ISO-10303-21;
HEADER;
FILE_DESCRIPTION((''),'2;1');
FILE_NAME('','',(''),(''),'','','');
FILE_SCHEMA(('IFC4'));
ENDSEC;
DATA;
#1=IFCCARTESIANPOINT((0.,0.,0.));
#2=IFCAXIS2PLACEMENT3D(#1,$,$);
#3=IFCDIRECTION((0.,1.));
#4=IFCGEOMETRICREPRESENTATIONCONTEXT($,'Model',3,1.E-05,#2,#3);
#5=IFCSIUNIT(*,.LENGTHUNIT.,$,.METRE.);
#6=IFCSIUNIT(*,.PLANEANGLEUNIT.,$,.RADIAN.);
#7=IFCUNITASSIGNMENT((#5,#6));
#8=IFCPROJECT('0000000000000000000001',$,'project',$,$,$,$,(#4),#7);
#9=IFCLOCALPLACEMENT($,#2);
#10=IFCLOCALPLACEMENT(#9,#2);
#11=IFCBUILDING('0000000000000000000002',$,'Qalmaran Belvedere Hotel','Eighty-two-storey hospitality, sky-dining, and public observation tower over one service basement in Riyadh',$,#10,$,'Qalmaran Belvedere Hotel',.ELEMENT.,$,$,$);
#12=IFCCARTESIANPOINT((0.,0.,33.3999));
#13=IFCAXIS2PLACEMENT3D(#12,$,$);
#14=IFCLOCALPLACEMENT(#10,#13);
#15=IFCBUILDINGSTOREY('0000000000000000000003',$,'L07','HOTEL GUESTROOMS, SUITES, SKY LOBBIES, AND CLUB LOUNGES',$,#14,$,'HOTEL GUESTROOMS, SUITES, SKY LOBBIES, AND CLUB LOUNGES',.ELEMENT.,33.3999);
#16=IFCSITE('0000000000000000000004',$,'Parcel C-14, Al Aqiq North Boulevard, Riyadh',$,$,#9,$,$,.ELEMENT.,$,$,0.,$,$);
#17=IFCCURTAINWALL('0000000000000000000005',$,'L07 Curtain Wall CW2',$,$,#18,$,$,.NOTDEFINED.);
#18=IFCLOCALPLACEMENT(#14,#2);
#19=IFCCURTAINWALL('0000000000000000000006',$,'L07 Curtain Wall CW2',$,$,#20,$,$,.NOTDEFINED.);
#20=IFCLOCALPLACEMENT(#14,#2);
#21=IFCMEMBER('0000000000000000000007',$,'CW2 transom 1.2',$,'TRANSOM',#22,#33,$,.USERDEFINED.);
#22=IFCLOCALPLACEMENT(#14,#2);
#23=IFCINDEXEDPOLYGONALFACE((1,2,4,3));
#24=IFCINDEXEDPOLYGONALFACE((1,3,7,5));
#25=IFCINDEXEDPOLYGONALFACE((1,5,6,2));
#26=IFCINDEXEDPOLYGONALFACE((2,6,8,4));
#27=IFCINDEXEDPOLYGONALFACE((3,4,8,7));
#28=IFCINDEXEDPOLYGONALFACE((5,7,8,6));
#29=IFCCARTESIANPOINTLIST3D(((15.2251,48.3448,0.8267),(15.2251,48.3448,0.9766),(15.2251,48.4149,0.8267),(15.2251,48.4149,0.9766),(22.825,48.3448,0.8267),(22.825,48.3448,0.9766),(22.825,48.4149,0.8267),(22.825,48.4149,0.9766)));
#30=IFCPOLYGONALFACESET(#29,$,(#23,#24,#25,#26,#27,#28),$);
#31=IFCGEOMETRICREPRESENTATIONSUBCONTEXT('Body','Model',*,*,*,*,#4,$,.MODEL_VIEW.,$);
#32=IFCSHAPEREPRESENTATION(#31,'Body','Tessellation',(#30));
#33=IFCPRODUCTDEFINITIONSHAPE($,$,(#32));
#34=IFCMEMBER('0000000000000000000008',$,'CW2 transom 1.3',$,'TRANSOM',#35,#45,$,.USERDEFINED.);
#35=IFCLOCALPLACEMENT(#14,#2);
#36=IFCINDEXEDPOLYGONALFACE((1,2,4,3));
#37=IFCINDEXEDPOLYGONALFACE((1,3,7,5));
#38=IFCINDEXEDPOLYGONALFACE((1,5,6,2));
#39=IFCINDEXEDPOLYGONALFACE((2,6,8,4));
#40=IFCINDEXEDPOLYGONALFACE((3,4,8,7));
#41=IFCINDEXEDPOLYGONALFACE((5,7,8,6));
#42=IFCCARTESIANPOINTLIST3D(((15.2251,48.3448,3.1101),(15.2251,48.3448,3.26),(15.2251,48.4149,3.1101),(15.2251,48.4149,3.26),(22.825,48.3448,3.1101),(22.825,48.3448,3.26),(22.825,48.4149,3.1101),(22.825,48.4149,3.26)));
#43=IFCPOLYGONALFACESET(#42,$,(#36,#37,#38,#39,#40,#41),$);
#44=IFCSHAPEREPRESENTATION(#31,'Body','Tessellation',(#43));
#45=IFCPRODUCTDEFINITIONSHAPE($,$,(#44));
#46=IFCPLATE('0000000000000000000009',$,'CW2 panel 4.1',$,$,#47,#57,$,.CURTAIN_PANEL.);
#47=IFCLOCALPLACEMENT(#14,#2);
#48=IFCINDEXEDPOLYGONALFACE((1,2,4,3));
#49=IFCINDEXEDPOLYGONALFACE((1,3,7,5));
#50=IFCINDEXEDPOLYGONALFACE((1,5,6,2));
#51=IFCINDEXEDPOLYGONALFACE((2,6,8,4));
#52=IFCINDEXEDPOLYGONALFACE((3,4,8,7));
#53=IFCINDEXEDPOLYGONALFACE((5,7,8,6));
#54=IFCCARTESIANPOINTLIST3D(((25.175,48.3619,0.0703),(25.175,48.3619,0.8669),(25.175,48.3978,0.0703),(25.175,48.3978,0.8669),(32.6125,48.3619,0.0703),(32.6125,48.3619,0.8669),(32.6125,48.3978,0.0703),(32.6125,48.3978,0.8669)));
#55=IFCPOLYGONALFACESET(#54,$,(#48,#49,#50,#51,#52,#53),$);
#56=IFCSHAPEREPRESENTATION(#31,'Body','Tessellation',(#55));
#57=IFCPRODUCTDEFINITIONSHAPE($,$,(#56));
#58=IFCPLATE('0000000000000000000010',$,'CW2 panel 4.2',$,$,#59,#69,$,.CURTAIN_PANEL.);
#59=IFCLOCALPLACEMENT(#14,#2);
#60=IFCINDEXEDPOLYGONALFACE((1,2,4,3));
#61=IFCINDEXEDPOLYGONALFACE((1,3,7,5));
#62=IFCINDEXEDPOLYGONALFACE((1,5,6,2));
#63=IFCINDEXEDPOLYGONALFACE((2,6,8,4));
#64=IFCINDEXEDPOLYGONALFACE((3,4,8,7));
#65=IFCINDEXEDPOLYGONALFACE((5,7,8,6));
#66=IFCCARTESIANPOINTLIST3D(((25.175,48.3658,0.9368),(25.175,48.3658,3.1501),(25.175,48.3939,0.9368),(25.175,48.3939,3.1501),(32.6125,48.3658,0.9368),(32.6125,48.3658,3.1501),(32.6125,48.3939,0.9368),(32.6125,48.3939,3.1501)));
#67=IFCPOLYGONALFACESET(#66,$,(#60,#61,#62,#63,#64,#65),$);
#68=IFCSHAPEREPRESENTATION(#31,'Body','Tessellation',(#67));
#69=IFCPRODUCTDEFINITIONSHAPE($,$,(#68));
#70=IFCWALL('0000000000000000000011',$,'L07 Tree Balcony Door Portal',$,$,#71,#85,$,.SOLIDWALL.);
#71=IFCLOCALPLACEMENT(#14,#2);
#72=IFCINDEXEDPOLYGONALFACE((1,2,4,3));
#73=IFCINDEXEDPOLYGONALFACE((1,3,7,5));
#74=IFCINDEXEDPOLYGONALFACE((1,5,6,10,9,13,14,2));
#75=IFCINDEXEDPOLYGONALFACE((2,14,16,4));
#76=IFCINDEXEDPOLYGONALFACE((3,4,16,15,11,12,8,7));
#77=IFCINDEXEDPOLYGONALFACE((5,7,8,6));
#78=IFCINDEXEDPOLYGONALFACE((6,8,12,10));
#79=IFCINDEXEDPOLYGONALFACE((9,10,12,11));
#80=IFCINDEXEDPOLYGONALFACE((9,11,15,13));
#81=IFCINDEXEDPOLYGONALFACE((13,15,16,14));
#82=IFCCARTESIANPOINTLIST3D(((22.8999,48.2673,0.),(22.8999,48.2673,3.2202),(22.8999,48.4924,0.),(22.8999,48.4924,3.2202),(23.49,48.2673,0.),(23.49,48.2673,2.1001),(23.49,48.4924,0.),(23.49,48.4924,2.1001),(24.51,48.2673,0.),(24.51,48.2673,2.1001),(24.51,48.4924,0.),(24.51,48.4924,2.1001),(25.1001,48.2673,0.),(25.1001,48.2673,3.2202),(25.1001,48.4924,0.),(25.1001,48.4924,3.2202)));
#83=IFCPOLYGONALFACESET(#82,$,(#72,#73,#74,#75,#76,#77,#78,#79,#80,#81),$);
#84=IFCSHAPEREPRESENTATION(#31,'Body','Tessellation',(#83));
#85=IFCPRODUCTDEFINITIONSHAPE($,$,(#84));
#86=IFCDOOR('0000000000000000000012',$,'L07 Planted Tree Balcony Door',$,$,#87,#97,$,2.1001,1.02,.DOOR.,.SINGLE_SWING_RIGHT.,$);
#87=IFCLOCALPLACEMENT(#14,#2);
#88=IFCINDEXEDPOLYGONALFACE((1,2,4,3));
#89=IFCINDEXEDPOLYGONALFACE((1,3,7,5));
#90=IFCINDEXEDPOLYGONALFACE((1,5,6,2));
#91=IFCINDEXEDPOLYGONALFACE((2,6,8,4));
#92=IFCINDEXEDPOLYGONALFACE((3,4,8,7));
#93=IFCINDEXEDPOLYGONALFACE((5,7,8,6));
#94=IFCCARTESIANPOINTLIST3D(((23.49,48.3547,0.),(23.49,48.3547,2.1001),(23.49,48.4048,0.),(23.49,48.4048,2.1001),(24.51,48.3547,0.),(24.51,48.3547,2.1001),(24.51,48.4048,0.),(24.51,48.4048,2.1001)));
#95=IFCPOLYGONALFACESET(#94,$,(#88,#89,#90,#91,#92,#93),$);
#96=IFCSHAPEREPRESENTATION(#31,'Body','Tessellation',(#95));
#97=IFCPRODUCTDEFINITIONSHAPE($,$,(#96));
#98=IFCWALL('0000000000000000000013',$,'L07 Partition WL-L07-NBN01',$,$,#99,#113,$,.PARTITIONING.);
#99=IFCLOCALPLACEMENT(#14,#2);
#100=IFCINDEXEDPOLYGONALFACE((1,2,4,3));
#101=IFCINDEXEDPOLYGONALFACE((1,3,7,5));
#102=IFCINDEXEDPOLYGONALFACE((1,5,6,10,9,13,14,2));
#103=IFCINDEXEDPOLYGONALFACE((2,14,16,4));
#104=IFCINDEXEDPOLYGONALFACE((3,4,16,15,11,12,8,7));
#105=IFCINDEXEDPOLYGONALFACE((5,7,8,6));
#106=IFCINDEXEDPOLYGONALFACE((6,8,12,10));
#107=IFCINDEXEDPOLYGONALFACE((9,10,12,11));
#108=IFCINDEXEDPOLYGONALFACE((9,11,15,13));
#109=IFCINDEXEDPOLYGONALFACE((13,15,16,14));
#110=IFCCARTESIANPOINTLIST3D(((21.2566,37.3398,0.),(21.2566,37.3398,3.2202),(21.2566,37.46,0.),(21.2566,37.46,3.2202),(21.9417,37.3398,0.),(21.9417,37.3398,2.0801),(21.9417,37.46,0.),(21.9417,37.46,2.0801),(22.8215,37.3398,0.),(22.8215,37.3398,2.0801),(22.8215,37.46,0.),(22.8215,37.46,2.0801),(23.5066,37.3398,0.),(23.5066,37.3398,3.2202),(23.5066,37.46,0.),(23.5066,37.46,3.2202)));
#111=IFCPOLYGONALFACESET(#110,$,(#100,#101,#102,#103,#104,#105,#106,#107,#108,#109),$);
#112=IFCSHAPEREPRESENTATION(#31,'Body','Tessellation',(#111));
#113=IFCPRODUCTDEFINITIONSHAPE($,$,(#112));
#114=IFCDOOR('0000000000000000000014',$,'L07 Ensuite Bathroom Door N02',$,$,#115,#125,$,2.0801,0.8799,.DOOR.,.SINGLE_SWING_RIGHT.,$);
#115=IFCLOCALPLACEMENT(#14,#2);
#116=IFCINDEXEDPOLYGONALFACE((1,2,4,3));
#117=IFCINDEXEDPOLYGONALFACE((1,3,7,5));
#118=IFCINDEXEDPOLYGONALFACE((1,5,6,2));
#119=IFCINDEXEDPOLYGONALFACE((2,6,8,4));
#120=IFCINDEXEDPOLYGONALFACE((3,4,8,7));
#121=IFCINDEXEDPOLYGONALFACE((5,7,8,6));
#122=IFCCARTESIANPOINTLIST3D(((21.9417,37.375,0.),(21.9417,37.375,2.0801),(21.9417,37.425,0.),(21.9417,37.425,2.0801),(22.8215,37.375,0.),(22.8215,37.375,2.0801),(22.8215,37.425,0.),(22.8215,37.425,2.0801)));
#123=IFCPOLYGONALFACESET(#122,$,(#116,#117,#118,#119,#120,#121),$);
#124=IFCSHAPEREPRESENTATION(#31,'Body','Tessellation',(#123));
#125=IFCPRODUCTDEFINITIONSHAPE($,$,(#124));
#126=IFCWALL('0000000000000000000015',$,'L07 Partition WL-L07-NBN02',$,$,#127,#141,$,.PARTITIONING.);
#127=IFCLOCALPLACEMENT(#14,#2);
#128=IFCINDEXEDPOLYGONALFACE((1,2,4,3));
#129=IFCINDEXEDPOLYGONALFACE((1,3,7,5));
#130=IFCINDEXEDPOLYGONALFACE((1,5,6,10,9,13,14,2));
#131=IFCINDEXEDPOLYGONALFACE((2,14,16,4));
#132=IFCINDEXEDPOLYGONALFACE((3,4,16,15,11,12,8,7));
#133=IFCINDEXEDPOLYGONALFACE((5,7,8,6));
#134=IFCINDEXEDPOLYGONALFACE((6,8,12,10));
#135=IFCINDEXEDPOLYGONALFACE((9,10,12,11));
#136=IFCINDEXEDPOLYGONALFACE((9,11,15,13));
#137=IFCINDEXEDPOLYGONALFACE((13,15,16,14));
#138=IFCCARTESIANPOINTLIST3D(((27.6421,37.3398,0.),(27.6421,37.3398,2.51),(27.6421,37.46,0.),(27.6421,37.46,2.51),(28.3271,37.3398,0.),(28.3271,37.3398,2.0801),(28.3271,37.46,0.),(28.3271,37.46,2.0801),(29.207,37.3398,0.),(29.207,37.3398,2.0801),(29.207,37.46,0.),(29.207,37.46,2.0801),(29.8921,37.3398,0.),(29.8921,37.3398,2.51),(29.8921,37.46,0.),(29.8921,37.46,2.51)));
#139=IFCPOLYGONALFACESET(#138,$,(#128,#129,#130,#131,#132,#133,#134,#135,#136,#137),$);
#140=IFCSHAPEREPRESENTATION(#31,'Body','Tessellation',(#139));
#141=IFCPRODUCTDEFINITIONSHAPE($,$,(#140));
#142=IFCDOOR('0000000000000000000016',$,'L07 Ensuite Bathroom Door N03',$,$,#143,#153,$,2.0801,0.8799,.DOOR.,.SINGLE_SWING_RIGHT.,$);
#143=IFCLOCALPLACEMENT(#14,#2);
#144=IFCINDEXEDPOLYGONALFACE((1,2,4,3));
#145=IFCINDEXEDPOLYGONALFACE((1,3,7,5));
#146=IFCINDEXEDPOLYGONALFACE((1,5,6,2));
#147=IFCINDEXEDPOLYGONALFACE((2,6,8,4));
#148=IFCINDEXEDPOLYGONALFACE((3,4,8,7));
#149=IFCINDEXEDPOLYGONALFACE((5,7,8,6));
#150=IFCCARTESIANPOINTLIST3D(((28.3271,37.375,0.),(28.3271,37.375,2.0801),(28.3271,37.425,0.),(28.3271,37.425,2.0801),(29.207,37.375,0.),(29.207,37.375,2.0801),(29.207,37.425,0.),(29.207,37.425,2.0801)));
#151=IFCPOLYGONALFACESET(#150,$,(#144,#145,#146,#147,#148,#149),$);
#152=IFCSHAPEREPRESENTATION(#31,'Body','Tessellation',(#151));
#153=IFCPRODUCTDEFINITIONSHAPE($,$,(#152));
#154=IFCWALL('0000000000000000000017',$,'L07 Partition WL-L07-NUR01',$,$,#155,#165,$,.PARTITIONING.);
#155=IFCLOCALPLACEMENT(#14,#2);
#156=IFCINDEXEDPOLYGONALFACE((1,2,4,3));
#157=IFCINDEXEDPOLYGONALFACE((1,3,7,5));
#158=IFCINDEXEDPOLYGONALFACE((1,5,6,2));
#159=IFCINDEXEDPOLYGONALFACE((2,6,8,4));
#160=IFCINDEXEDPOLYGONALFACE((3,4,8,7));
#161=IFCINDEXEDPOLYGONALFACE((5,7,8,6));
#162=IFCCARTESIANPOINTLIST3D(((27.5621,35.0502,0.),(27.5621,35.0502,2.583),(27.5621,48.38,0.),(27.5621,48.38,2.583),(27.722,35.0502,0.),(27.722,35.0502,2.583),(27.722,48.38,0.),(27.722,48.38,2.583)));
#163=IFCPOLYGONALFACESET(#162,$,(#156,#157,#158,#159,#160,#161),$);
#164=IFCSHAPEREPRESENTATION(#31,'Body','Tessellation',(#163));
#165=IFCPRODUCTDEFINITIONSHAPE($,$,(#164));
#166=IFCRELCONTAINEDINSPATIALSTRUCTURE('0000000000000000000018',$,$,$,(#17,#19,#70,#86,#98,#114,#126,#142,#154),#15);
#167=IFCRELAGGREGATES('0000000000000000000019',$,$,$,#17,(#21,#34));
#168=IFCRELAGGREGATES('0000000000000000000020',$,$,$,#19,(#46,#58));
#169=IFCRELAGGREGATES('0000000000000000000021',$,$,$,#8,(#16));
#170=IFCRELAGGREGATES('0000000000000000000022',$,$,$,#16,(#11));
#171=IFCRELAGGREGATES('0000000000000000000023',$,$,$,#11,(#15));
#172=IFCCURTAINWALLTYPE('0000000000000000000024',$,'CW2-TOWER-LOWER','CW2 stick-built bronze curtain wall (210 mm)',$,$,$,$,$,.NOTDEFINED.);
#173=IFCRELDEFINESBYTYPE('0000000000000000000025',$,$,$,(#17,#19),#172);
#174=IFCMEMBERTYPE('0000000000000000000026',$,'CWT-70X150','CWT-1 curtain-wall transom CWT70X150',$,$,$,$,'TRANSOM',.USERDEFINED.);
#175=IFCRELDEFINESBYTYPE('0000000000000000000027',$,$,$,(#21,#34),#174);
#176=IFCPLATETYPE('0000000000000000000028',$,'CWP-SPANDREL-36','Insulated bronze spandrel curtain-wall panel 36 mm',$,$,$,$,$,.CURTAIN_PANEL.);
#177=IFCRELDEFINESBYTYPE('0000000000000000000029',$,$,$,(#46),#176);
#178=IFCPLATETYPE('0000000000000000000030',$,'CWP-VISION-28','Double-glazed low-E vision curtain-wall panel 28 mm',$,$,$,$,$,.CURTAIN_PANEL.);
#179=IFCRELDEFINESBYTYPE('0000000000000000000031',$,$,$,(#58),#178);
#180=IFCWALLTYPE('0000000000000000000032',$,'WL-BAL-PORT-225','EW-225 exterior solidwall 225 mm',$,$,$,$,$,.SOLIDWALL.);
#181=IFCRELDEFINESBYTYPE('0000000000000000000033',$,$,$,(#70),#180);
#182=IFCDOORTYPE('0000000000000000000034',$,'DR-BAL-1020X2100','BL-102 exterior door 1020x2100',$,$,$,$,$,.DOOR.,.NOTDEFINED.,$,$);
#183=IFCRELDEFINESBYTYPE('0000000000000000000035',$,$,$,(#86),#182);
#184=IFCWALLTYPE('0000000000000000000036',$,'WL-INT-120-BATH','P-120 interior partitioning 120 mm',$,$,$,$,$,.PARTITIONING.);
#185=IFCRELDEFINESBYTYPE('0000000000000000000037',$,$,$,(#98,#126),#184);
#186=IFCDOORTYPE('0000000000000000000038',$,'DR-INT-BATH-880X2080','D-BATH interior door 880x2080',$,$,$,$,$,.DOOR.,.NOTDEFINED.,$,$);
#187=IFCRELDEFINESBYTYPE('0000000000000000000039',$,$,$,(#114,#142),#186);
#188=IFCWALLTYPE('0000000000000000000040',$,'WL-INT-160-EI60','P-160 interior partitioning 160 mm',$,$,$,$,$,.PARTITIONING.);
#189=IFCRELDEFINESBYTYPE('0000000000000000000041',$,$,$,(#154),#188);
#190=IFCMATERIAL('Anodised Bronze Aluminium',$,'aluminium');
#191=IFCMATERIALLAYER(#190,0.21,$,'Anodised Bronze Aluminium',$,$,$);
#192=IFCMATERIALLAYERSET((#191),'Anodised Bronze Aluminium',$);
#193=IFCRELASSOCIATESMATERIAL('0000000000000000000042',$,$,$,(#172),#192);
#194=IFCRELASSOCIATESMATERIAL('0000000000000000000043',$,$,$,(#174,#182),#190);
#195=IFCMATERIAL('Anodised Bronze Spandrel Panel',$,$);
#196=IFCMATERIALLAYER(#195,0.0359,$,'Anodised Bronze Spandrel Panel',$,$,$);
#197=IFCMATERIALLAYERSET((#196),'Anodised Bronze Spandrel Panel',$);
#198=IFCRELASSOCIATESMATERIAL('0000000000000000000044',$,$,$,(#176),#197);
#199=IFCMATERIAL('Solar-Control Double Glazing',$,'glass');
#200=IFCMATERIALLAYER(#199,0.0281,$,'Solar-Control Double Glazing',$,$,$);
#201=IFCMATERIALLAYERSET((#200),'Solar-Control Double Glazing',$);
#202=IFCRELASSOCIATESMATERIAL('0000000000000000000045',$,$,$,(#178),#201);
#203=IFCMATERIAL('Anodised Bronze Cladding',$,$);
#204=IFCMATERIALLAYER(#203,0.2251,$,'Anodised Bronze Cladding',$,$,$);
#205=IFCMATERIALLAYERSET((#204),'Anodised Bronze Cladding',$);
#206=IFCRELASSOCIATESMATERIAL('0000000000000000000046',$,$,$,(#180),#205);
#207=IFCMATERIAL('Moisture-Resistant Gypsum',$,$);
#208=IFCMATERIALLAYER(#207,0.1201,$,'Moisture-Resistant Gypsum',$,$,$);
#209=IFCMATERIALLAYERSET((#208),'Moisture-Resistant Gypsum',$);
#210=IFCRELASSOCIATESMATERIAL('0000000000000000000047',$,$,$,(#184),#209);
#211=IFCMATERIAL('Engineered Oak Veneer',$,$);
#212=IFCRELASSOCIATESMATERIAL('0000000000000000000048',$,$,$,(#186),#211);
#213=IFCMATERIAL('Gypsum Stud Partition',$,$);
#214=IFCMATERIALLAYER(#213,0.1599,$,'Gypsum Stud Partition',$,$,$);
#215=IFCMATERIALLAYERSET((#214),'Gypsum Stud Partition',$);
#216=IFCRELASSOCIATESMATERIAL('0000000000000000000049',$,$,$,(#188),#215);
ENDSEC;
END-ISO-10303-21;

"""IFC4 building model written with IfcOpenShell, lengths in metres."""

from ifc_helpers import new_model, si_unit, direction, frame, frame_2d, origin, origin_2d, place, context, subcontext, project, spatial, rectangle, extrude, material, layer, layer_set, material_profile, profile_set, type_object, element, fill, aggregate, save


model = new_model("IFC4")

# Units and contexts
model_context = context("Model", 3, precision=1e-05, world=origin(), true_north=direction((0.0, 1.0)))
body_context = subcontext(model_context, "Body", "Model", "MODEL_VIEW")
ifc_project = project(units=[si_unit("LENGTHUNIT", "METRE"), si_unit("PLANEANGLEUNIT", "RADIAN")], contexts=[model_context])

# Site, building, storey
site_placement = place(None, origin())
site = spatial("IfcSite", under=ifc_project, at=site_placement, Name="Parcel C-14, Al Aqiq North Boulevard, Riyadh", CompositionType="ELEMENT", RefElevation=0.0)
building_placement = place(site_placement, origin())
building = spatial("IfcBuilding", under=site, at=building_placement, Name="Qalmaran Belvedere Hotel", Description="Eighty-two-storey hospitality, sky-dining, and public observation tower over one service basement in Riyadh", LongName="Qalmaran Belvedere Hotel", CompositionType="ELEMENT")
storey_placement = place(building_placement, frame((0.0, 0.0, 33.3999)))
storey = spatial("IfcBuildingStorey", under=building, at=storey_placement, Name="L07", Description="HOTEL GUESTROOMS, SUITES, SKY LOBBIES, AND CLUB LOUNGES", LongName="HOTEL GUESTROOMS, SUITES, SKY LOBBIES, AND CLUB LOUNGES", CompositionType="ELEMENT", Elevation=33.3999)

# Curtain walls
ifc_material_1 = material(Name="Anodised Bronze Aluminium", Category="aluminium")
ifc_layer_1 = layer(ifc_material_1, 0.21, Name="Anodised Bronze Aluminium")
ifc_layer_set_1 = layer_set([ifc_layer_1], Name="Anodised Bronze Aluminium")
curtain_wall_type = type_object("IfcCurtainWallType", Name="CW2-TOWER-LOWER", Description="CW2 stick-built bronze curtain wall (210 mm)", PredefinedType="NOTDEFINED", material=ifc_layer_set_1)
curtain_wall_1_placement = place(storey_placement, origin())
curtain_wall_1 = element("IfcCurtainWall", 1, at=curtain_wall_1_placement, inside=storey, type_object=curtain_wall_type, Name="L07 Curtain Wall CW2", PredefinedType="NOTDEFINED")
curtain_wall_2_placement = place(storey_placement, origin())
curtain_wall_2 = element("IfcCurtainWall", 2, at=curtain_wall_2_placement, inside=storey, type_object=curtain_wall_type, Name="L07 Curtain Wall CW2", PredefinedType="NOTDEFINED")

# Members
ifc_material_profile_1 = material_profile(ifc_material_1, rectangle(XDim=0.0701, YDim=0.1499, at=origin_2d()), Name="CWT70X150")
ifc_profile_set_1 = profile_set([ifc_material_profile_1], Name="Anodised Bronze Aluminium")
member_type_1 = type_object("IfcMemberType", Name="CWT-70X150", Description="CWT-1 curtain-wall transom CWT70X150", ElementType="TRANSOM", PredefinedType="USERDEFINED", material=ifc_profile_set_1)
member_1_placement = place(storey_placement, frame((22.825, 48.3799, 0.9016), z_axis=(-1.0, 0.0, 0.0), x_axis=(0.0, -1.0, 0.0)))
member_1 = element("IfcMember", 3, at=member_1_placement, type_object=member_type_1, Name="CW2 transom 1.2", ObjectType="TRANSOM", PredefinedType="USERDEFINED", context=body_context, shape_type="SweptSolid", body=[
    extrude(rectangle(XDim=0.0701, YDim=0.1499, at=origin_2d()), origin(), (0.0, 0.0, 1.0), 7.5999),
])
member_2_placement = place(storey_placement, frame((22.825, 48.3799, 3.1851), z_axis=(-1.0, 0.0, 0.0), x_axis=(0.0, -1.0, 0.0)))
member_2 = element("IfcMember", 4, at=member_2_placement, type_object=member_type_1, Name="CW2 transom 1.3", ObjectType="TRANSOM", PredefinedType="USERDEFINED", context=body_context, shape_type="SweptSolid", body=[
    extrude(rectangle(XDim=0.0701, YDim=0.1499, at=origin_2d()), origin(), (0.0, 0.0, 1.0), 7.5999),
])
aggregate(curtain_wall_1, [member_1, member_2])

# Plates
ifc_material_2 = material(Name="Anodised Bronze Spandrel Panel")
ifc_layer_2 = layer(ifc_material_2, 0.0359, Name="Anodised Bronze Spandrel Panel")
ifc_layer_set_2 = layer_set([ifc_layer_2], Name="Anodised Bronze Spandrel Panel")
plate_type_1 = type_object("IfcPlateType", Name="CWP-SPANDREL-36", Description="Insulated bronze spandrel curtain-wall panel 36 mm", PredefinedType="CURTAIN_PANEL", material=ifc_layer_set_2)
plate_1_placement = place(storey_placement, frame((28.8938, 48.3799, 0.0703), z_axis=(0.0, 0.0, 1.0), x_axis=(-1.0, 0.0, 0.0)))
plate_1 = element("IfcPlate", 5, at=plate_1_placement, type_object=plate_type_1, Name="CW2 panel 4.1", PredefinedType="CURTAIN_PANEL", context=body_context, shape_type="SweptSolid", body=[
    extrude(rectangle(XDim=7.4375, YDim=0.0359, at=origin_2d()), origin(), (0.0, 0.0, 1.0), 0.7966),
])
ifc_material_3 = material(Name="Solar-Control Double Glazing", Category="glass")
ifc_layer_3 = layer(ifc_material_3, 0.0281, Name="Solar-Control Double Glazing")
ifc_layer_set_3 = layer_set([ifc_layer_3], Name="Solar-Control Double Glazing")
plate_type_2 = type_object("IfcPlateType", Name="CWP-VISION-28", Description="Double-glazed low-E vision curtain-wall panel 28 mm", PredefinedType="CURTAIN_PANEL", material=ifc_layer_set_3)
plate_2_placement = place(storey_placement, frame((28.8938, 48.3799, 0.9368), z_axis=(0.0, 0.0, 1.0), x_axis=(-1.0, 0.0, 0.0)))
plate_2 = element("IfcPlate", 6, at=plate_2_placement, type_object=plate_type_2, Name="CW2 panel 4.2", PredefinedType="CURTAIN_PANEL", context=body_context, shape_type="SweptSolid", body=[
    extrude(rectangle(XDim=7.4375, YDim=0.0281, at=origin_2d()), origin(), (0.0, 0.0, 1.0), 2.2134),
])
aggregate(curtain_wall_2, [plate_1, plate_2])

# Walls, openings, doors
ifc_material_4 = material(Name="Anodised Bronze Cladding")
ifc_layer_4 = layer(ifc_material_4, 0.2251, Name="Anodised Bronze Cladding")
ifc_layer_set_4 = layer_set([ifc_layer_4], Name="Anodised Bronze Cladding")
wall_type_1 = type_object("IfcWallType", Name="WL-BAL-PORT-225", Description="EW-225 exterior solidwall 225 mm", PredefinedType="SOLIDWALL", material=ifc_layer_set_4)
wall_1_placement = place(storey_placement, frame((22.8999, 48.3799, 0.0), z_axis=(0.0, 0.0, 1.0), x_axis=(1.0, 0.0, 0.0)))
wall_1 = element("IfcWall", 7, at=wall_1_placement, inside=storey, type_object=wall_type_1, Name="L07 Tree Balcony Door Portal", PredefinedType="SOLIDWALL", context=body_context, shape_type="SweptSolid", body=[
    extrude(rectangle(XDim=2.2002, YDim=0.2251, at=frame_2d((1.1001, 0.0))), origin(), (0.0, 0.0, 1.0), 3.2202),
])
opening_1_placement = place(wall_1_placement, frame((0.5901, 0.0, 0.0)))
opening_1 = element("IfcOpeningElement", 8, at=opening_1_placement, cuts=wall_1, PredefinedType="OPENING", context=body_context, shape_type="SweptSolid", body=[
    extrude(rectangle(XDim=1.02, YDim=2.1001, at=frame_2d((0.51, 1.05))), frame((0.0, 0.1226, 0.0), z_axis=(0.0, -1.0, 0.0), x_axis=(1.0, 0.0, 0.0)), (0.0, 0.0, 1.0), 0.2451),
])
door_type_1 = type_object("IfcDoorType", Name="DR-BAL-1020X2100", Description="BL-102 exterior door 1020x2100", OperationType="NOTDEFINED", PredefinedType="DOOR", material=ifc_material_1)
door_1_placement = place(opening_1_placement, origin())
door_1 = element("IfcDoor", 9, at=door_1_placement, inside=storey, type_object=door_type_1, Name="L07 Planted Tree Balcony Door", OperationType="SINGLE_SWING_RIGHT", OverallHeight=2.1001, OverallWidth=1.02, PredefinedType="DOOR", context=body_context, shape_type="SweptSolid", body=[
    extrude(rectangle(XDim=1.02, YDim=2.1001, at=frame_2d((0.51, 1.05))), frame((0.0, 0.0249, 0.0), z_axis=(0.0, -1.0, 0.0), x_axis=(1.0, 0.0, 0.0)), (0.0, 0.0, 1.0), 0.05),
])
fill(opening_1, door_1)
ifc_material_5 = material(Name="Moisture-Resistant Gypsum")
ifc_layer_5 = layer(ifc_material_5, 0.1201, Name="Moisture-Resistant Gypsum")
ifc_layer_set_5 = layer_set([ifc_layer_5], Name="Moisture-Resistant Gypsum")
wall_type_2 = type_object("IfcWallType", Name="WL-INT-120-BATH", Description="P-120 interior partitioning 120 mm", PredefinedType="PARTITIONING", material=ifc_layer_set_5)
wall_2_placement = place(storey_placement, frame((21.2566, 37.3999, 0.0), z_axis=(0.0, 0.0, 1.0), x_axis=(1.0, 0.0, 0.0)))
wall_2 = element("IfcWall", 10, at=wall_2_placement, inside=storey, type_object=wall_type_2, Name="L07 Partition WL-L07-NBN01", PredefinedType="PARTITIONING", context=body_context, shape_type="SweptSolid", body=[
    extrude(rectangle(XDim=2.25, YDim=0.1201, at=frame_2d((1.125, 0.0))), origin(), (0.0, 0.0, 1.0), 3.2202),
])
opening_2_placement = place(wall_2_placement, frame((1.5649, 0.0, 0.0), z_axis=(0.0, 0.0, 1.0), x_axis=(-1.0, 0.0, 0.0)))
opening_2 = element("IfcOpeningElement", 11, at=opening_2_placement, cuts=wall_2, PredefinedType="OPENING", context=body_context, shape_type="SweptSolid", body=[
    extrude(rectangle(XDim=0.8799, YDim=2.0801, at=frame_2d((0.4399, 1.04))), frame((0.0, 0.0701, 0.0), z_axis=(0.0, -1.0, 0.0), x_axis=(1.0, 0.0, 0.0)), (0.0, 0.0, 1.0), 0.1401),
])
ifc_material_6 = material(Name="Engineered Oak Veneer")
door_type_2 = type_object("IfcDoorType", Name="DR-INT-BATH-880X2080", Description="D-BATH interior door 880x2080", OperationType="NOTDEFINED", PredefinedType="DOOR", material=ifc_material_6)
door_2_placement = place(opening_2_placement, origin())
door_2 = element("IfcDoor", 12, at=door_2_placement, inside=storey, type_object=door_type_2, Name="L07 Ensuite Bathroom Door N02", OperationType="SINGLE_SWING_RIGHT", OverallHeight=2.0801, OverallWidth=0.8799, PredefinedType="DOOR", context=body_context, shape_type="SweptSolid", body=[
    extrude(rectangle(XDim=0.8799, YDim=2.0801, at=frame_2d((0.4399, 1.04))), frame((0.0, 0.0249, 0.0), z_axis=(0.0, -1.0, 0.0), x_axis=(1.0, 0.0, 0.0)), (0.0, 0.0, 1.0), 0.05),
])
fill(opening_2, door_2)
wall_3_placement = place(storey_placement, frame((27.6421, 37.3999, 0.0), z_axis=(0.0, 0.0, 1.0), x_axis=(1.0, 0.0, 0.0)))
wall_3 = element("IfcWall", 13, at=wall_3_placement, inside=storey, type_object=wall_type_2, Name="L07 Partition WL-L07-NBN02", PredefinedType="PARTITIONING", context=body_context, shape_type="SweptSolid", body=[
    extrude(rectangle(XDim=2.25, YDim=0.1201, at=frame_2d((1.125, 0.0))), origin(), (0.0, 0.0, 1.0), 2.51),
])
opening_3_placement = place(wall_3_placement, frame((1.5649, 0.0, 0.0), z_axis=(0.0, 0.0, 1.0), x_axis=(-1.0, 0.0, 0.0)))
opening_3 = element("IfcOpeningElement", 14, at=opening_3_placement, cuts=wall_3, PredefinedType="OPENING", context=body_context, shape_type="SweptSolid", body=[
    extrude(rectangle(XDim=0.8799, YDim=2.0801, at=frame_2d((0.4399, 1.04))), frame((0.0, 0.0701, 0.0), z_axis=(0.0, -1.0, 0.0), x_axis=(1.0, 0.0, 0.0)), (0.0, 0.0, 1.0), 0.1401),
])
door_3_placement = place(opening_3_placement, origin())
door_3 = element("IfcDoor", 15, at=door_3_placement, inside=storey, type_object=door_type_2, Name="L07 Ensuite Bathroom Door N03", OperationType="SINGLE_SWING_RIGHT", OverallHeight=2.0801, OverallWidth=0.8799, PredefinedType="DOOR", context=body_context, shape_type="SweptSolid", body=[
    extrude(rectangle(XDim=0.8799, YDim=2.0801, at=frame_2d((0.4399, 1.04))), frame((0.0, 0.0249, 0.0), z_axis=(0.0, -1.0, 0.0), x_axis=(1.0, 0.0, 0.0)), (0.0, 0.0, 1.0), 0.05),
])
fill(opening_3, door_3)

# Wall
ifc_material_7 = material(Name="Gypsum Stud Partition")
ifc_layer_6 = layer(ifc_material_7, 0.1599, Name="Gypsum Stud Partition")
ifc_layer_set_6 = layer_set([ifc_layer_6], Name="Gypsum Stud Partition")
wall_type_3 = type_object("IfcWallType", Name="WL-INT-160-EI60", Description="P-160 interior partitioning 160 mm", PredefinedType="PARTITIONING", material=ifc_layer_set_6)
wall_4_placement = place(storey_placement, frame((27.6421, 35.05, 0.0), z_axis=(0.0, 0.0, 1.0), x_axis=(0.0, 1.0, 0.0)))
element("IfcWall", 16, at=wall_4_placement, inside=storey, type_object=wall_type_3, Name="L07 Partition WL-L07-NUR01", PredefinedType="PARTITIONING", context=body_context, shape_type="SweptSolid", body=[
    extrude(rectangle(XDim=13.3298, YDim=0.1599, at=frame_2d((6.665, 0.0))), origin(), (0.0, 0.0, 1.0), 2.583),
])

save(model, "model.ifc")
